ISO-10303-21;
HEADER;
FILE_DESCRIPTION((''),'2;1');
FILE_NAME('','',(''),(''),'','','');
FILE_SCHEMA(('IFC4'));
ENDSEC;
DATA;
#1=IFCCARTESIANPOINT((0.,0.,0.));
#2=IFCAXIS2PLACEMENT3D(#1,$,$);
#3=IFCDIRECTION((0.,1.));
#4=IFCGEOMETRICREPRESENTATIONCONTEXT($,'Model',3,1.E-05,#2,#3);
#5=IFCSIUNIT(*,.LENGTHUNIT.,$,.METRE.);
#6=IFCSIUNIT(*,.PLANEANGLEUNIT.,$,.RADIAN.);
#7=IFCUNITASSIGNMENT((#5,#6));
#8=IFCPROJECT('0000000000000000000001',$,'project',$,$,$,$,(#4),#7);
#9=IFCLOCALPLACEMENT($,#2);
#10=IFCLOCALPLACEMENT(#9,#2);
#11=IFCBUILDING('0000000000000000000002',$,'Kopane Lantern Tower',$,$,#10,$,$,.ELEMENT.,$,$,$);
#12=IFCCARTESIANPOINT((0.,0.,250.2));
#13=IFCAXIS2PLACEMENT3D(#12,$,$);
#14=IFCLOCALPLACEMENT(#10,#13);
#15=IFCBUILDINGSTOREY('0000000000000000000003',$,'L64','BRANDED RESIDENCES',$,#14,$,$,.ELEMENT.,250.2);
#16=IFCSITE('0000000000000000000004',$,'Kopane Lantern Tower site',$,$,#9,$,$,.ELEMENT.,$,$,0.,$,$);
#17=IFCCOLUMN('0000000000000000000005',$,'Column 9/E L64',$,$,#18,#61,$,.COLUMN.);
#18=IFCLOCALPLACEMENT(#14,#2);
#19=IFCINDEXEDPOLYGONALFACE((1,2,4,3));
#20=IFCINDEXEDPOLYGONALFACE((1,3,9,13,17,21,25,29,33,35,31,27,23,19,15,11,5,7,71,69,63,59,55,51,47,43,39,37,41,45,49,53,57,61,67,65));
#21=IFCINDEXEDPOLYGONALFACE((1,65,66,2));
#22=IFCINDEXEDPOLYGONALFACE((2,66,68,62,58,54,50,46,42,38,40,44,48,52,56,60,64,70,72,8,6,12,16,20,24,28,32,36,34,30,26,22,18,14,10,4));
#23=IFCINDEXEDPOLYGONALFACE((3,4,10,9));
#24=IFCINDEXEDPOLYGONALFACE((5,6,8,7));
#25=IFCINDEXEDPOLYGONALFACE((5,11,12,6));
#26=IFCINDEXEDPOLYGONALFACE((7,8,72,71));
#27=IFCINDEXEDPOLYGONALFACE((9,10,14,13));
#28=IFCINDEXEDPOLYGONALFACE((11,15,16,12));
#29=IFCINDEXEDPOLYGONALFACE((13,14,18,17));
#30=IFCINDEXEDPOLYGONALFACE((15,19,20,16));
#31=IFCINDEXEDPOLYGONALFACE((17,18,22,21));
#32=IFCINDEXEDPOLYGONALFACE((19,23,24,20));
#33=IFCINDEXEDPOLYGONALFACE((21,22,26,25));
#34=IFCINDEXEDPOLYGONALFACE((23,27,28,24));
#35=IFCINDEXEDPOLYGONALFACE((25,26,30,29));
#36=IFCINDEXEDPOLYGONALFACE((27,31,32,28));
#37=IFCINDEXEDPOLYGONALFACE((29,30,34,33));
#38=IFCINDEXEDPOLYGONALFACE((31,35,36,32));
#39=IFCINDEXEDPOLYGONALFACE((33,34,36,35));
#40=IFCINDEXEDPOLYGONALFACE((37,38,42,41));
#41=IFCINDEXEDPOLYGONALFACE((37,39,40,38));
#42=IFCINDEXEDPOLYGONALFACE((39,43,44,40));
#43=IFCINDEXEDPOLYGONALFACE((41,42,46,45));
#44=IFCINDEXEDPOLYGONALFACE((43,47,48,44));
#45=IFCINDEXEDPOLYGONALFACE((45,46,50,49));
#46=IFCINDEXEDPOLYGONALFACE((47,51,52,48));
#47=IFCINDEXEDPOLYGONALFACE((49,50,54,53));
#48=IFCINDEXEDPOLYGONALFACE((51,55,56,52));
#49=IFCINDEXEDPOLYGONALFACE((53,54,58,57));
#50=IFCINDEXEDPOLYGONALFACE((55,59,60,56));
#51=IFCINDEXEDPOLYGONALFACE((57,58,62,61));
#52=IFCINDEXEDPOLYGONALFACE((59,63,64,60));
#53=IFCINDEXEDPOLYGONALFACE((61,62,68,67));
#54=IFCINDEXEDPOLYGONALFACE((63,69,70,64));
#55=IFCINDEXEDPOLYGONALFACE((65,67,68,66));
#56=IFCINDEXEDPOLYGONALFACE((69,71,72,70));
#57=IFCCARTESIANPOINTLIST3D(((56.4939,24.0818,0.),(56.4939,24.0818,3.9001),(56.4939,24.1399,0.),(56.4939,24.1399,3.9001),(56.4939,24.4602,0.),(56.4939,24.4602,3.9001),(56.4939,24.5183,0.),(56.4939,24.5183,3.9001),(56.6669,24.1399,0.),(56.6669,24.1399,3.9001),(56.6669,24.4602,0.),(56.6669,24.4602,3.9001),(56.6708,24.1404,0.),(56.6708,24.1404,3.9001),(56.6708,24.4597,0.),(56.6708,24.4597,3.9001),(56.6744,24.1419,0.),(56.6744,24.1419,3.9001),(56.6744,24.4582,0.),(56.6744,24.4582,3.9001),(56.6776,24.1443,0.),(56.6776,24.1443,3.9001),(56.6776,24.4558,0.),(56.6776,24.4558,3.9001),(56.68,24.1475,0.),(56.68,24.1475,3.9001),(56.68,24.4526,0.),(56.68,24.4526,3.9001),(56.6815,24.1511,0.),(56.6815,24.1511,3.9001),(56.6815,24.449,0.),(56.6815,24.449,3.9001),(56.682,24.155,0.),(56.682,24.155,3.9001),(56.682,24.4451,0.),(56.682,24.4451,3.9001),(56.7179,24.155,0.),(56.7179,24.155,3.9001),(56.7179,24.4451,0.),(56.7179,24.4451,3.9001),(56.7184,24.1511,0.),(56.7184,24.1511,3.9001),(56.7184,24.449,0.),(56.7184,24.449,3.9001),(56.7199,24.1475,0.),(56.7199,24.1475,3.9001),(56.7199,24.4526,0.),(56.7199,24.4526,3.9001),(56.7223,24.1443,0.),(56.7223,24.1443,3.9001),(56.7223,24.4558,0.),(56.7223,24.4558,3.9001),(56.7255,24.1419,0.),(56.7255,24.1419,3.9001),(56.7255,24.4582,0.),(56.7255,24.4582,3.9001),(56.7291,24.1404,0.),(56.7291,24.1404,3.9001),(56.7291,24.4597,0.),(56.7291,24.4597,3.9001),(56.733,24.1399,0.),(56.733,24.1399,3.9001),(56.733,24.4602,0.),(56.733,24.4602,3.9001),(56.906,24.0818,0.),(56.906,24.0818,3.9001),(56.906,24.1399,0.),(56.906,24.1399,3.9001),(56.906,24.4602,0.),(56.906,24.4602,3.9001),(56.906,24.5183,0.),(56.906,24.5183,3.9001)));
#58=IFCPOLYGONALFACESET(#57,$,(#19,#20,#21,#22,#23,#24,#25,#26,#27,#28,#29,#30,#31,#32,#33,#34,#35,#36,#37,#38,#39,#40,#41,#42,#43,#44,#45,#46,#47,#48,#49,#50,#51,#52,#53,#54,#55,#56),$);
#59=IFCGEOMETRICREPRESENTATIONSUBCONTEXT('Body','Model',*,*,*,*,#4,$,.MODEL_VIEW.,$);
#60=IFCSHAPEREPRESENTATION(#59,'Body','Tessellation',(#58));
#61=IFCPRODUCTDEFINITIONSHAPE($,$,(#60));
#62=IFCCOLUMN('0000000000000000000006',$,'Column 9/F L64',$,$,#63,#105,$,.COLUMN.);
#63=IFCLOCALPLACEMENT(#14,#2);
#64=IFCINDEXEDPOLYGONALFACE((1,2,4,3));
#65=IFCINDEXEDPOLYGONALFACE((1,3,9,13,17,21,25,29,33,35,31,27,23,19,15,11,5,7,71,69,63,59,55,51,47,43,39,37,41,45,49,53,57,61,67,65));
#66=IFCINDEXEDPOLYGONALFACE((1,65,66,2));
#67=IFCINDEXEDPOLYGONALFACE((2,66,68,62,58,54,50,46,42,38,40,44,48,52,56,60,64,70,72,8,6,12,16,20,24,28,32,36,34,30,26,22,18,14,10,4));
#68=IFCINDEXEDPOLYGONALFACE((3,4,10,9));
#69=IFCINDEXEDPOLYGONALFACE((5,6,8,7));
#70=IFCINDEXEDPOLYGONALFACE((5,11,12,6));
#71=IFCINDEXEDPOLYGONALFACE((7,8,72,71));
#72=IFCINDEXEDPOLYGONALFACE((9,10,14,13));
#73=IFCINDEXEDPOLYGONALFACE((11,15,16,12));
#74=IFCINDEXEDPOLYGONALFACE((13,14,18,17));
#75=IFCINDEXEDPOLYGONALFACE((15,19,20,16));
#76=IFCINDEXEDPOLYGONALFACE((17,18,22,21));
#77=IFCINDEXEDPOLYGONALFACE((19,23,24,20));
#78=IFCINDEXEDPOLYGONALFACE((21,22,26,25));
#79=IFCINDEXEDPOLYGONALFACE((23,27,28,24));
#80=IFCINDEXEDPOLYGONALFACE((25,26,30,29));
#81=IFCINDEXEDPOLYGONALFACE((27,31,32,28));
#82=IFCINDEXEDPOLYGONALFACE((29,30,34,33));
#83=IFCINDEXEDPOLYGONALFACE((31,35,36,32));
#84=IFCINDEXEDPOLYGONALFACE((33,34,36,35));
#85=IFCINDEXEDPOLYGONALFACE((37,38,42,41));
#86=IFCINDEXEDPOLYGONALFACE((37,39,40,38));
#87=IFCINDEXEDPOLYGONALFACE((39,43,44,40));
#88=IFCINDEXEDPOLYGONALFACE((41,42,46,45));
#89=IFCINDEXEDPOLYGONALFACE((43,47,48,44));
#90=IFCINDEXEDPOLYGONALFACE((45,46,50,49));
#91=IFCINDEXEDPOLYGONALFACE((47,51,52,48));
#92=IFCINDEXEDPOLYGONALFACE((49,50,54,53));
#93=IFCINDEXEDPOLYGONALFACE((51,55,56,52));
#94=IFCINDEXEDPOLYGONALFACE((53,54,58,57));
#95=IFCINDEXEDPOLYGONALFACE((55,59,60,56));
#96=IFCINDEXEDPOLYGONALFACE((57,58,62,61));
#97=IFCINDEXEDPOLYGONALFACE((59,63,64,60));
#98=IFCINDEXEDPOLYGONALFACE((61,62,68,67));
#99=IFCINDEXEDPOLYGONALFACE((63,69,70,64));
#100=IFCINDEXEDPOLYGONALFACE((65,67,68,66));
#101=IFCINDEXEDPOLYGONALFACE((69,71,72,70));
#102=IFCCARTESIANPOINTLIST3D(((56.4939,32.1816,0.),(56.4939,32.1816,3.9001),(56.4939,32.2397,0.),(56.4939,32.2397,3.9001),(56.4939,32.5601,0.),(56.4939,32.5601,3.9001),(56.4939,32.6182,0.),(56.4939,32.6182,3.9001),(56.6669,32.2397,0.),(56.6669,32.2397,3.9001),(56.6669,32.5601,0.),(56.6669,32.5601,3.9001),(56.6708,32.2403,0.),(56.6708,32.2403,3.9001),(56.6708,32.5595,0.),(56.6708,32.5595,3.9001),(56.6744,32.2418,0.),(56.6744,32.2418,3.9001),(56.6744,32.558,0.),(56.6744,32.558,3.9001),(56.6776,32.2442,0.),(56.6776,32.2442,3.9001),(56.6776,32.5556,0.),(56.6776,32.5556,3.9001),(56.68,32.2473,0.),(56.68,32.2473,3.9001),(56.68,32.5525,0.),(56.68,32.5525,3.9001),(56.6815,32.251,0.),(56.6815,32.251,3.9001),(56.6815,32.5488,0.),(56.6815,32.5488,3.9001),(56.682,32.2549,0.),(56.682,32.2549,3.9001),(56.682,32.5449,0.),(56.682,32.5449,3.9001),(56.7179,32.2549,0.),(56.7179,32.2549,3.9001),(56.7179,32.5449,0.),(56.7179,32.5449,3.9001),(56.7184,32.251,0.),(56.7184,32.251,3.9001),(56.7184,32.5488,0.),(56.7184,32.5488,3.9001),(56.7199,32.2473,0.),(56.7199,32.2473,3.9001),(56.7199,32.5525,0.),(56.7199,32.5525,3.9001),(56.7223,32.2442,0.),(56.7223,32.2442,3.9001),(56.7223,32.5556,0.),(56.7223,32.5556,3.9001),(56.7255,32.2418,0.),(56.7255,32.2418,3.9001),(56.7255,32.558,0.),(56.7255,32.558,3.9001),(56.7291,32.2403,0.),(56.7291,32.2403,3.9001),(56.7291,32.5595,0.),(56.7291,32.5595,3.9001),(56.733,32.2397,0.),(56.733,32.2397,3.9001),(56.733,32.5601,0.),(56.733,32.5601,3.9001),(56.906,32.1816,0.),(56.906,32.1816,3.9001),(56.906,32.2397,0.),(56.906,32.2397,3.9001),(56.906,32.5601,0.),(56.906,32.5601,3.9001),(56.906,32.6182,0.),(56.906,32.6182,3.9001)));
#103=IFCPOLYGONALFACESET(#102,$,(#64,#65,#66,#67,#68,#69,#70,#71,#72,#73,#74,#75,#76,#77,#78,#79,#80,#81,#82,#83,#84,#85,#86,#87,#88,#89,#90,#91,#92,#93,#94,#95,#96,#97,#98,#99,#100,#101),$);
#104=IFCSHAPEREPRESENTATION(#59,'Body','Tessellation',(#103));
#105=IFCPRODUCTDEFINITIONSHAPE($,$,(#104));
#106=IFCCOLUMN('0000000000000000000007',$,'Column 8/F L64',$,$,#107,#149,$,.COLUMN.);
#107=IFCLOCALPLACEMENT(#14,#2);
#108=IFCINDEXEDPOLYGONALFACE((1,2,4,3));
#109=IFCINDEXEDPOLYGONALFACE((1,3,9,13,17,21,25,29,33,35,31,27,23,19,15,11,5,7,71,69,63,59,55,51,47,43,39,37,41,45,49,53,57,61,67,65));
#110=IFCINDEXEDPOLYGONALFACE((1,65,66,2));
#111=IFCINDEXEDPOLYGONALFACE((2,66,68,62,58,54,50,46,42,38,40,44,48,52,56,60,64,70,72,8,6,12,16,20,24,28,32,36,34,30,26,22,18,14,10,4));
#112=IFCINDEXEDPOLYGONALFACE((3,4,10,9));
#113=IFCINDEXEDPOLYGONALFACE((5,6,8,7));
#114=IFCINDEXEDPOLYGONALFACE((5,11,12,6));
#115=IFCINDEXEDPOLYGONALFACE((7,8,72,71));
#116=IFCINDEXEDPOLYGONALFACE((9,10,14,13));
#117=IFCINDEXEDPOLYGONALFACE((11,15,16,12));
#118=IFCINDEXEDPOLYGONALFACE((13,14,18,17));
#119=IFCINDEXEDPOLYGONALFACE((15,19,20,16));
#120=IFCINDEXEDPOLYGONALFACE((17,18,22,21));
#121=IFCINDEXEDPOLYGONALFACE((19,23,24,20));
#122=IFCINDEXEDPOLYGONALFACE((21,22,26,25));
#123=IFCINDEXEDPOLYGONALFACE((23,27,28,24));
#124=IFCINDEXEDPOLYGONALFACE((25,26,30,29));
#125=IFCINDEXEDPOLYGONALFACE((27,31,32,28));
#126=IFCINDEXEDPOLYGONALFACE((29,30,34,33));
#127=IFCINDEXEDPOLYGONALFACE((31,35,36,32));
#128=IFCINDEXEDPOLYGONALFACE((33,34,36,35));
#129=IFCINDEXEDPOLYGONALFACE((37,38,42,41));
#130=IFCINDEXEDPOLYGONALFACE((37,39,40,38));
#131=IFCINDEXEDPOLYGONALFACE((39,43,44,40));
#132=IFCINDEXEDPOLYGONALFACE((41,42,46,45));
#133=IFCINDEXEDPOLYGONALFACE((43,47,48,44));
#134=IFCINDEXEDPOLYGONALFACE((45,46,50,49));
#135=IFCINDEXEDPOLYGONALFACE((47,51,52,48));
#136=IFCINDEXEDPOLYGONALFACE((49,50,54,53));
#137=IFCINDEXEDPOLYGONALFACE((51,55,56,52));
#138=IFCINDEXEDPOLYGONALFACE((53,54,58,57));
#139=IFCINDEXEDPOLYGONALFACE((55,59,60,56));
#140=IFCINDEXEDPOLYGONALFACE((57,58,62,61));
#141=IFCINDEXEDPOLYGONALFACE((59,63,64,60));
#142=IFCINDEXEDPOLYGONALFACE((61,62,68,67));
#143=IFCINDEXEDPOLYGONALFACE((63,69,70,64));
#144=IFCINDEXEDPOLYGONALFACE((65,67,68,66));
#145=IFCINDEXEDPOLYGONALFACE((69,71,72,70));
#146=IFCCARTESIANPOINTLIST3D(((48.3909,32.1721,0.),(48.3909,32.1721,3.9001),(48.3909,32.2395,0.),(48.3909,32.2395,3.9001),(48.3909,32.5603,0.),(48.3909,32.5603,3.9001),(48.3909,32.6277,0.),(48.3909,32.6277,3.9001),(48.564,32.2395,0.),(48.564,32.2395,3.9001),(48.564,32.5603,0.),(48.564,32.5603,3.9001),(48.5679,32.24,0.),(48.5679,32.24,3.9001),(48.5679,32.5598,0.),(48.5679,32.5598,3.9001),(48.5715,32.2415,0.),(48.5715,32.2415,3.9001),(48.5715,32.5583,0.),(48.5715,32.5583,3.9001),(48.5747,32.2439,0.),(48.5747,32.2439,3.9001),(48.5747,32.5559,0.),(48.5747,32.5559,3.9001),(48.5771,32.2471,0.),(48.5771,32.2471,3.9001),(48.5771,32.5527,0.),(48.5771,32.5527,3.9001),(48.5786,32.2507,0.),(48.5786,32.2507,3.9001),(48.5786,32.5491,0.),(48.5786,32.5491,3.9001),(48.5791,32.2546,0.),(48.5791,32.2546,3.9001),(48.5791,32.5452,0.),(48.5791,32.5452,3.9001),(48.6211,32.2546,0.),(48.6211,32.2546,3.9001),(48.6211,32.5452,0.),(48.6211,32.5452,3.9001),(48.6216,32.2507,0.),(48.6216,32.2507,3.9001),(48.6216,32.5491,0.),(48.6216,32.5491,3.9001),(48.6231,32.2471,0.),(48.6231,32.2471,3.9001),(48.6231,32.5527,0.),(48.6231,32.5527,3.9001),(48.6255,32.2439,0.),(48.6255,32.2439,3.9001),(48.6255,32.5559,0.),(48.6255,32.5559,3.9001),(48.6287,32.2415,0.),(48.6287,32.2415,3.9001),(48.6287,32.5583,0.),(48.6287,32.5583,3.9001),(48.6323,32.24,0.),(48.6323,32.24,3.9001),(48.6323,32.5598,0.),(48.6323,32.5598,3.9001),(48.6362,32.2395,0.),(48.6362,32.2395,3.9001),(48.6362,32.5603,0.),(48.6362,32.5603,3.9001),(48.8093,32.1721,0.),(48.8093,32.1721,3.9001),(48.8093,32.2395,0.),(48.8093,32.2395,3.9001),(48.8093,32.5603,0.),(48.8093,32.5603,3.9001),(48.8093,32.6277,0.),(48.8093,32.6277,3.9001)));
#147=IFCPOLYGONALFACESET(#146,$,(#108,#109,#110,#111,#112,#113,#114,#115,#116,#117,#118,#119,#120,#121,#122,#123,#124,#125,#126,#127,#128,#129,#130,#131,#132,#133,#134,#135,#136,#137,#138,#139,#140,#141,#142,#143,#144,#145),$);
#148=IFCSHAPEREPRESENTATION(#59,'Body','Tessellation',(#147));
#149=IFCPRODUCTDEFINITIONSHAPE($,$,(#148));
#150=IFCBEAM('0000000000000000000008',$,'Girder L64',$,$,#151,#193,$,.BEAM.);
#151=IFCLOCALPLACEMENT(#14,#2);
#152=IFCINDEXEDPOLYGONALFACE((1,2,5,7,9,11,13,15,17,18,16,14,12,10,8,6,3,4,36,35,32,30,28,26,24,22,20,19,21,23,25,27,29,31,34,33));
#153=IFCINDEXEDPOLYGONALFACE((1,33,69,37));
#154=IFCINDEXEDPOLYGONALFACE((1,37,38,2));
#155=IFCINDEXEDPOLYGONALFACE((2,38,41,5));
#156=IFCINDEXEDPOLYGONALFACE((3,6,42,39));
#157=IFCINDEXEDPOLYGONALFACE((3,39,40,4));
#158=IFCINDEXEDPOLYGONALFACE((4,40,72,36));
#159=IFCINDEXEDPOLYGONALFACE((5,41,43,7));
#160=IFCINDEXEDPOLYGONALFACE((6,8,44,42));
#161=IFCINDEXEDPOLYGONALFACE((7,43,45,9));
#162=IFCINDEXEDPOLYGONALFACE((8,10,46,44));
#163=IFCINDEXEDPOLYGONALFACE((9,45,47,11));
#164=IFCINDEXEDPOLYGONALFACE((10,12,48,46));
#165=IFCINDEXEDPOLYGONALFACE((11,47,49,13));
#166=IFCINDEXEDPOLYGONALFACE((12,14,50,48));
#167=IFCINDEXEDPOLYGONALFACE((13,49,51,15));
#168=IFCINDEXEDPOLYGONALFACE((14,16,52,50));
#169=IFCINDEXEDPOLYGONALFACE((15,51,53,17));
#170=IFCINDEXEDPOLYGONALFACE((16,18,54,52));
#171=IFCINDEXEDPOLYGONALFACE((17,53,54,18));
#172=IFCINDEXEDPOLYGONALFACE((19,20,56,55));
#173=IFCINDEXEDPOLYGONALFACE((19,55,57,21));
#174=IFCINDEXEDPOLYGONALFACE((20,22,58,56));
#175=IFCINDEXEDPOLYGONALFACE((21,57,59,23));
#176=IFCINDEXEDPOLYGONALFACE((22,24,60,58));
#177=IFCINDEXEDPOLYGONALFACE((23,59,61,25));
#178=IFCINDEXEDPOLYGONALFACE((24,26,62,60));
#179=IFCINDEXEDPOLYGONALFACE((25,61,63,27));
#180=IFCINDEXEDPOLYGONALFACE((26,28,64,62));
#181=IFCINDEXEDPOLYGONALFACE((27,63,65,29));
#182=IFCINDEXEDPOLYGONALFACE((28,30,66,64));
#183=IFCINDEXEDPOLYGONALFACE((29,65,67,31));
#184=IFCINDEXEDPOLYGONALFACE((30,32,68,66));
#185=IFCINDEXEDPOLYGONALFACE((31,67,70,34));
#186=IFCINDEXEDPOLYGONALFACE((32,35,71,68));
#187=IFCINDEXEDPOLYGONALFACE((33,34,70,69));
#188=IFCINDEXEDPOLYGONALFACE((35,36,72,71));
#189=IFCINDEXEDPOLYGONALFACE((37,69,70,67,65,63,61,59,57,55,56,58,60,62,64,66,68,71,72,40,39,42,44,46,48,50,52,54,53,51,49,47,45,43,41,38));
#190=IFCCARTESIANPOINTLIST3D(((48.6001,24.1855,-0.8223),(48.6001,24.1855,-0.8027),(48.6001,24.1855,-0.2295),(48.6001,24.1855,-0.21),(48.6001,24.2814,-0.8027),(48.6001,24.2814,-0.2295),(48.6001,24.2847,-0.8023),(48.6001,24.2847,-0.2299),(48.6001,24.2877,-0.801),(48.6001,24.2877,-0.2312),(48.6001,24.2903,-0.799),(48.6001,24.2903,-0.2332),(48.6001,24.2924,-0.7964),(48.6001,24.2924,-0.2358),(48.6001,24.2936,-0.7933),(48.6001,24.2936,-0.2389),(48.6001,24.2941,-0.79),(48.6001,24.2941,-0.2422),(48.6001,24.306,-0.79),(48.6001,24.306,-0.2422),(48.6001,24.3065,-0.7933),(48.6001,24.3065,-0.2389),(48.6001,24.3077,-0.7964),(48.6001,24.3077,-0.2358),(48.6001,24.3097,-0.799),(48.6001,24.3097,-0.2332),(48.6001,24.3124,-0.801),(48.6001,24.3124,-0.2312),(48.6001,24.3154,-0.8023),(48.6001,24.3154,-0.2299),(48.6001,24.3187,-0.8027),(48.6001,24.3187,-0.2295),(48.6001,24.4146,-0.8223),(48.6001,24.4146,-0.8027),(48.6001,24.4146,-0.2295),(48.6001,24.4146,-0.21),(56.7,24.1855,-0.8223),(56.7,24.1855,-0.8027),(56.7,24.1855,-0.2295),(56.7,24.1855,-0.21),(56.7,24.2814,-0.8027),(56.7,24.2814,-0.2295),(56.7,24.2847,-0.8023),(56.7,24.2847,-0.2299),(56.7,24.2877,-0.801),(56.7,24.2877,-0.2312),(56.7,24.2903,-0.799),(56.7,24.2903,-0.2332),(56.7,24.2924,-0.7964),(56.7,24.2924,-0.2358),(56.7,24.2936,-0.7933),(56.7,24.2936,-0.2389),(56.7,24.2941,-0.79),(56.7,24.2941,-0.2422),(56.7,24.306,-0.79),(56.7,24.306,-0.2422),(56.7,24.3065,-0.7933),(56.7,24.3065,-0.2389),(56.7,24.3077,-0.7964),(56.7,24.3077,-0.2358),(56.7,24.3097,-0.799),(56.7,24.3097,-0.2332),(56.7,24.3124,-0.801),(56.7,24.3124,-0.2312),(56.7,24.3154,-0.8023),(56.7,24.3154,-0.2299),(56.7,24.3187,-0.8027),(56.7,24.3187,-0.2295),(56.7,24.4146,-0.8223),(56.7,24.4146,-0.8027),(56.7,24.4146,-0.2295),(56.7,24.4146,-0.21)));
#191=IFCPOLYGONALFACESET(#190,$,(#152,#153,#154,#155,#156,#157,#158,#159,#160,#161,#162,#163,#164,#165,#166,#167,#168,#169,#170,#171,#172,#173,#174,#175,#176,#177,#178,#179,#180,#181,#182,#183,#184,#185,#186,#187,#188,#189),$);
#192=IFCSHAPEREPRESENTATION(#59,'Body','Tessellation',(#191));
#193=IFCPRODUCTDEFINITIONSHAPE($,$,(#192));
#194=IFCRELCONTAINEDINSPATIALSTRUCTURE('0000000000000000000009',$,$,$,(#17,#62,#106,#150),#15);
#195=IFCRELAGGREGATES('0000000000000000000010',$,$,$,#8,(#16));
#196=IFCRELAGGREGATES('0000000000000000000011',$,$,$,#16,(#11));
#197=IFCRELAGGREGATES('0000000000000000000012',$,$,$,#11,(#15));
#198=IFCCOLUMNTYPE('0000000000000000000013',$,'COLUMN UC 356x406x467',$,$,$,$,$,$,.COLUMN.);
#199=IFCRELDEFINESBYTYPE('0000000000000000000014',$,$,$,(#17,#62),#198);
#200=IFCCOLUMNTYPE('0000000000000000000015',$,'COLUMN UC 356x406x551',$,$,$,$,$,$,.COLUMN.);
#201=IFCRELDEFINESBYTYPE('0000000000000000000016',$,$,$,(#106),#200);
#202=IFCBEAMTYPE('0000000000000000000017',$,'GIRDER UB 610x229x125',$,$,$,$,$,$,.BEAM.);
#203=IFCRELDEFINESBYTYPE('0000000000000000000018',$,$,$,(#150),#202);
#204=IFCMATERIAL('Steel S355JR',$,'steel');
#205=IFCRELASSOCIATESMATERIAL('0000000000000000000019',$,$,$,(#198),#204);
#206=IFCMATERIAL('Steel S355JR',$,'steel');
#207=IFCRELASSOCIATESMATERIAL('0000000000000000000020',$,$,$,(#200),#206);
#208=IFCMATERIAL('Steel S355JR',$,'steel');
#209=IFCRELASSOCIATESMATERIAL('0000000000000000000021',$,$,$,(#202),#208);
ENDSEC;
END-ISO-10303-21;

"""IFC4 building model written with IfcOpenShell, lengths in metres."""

from ifc_helpers import new_model, si_unit, direction, frame, origin, origin_2d, place, context, subcontext, project, spatial, i_section, extrude, material, material_profile, profile_set, type_object, element, save


model = new_model("IFC4")

# Units and contexts
model_context = context("Model", 3, precision=1e-05, world=origin(), true_north=direction((0.0, 1.0)))
body_context = subcontext(model_context, "Body", "Model", "MODEL_VIEW")
ifc_project = project(units=[si_unit("LENGTHUNIT", "METRE"), si_unit("PLANEANGLEUNIT", "RADIAN")], contexts=[model_context])

# Site, building, storey
site_placement = place(None, origin())
site = spatial("IfcSite", under=ifc_project, at=site_placement, Name="Kopane Lantern Tower site", CompositionType="ELEMENT", RefElevation=0.0)
building_placement = place(site_placement, origin())
building = spatial("IfcBuilding", under=site, at=building_placement, Name="Kopane Lantern Tower", CompositionType="ELEMENT")
storey_placement = place(building_placement, frame((0.0, 0.0, 250.2)))
storey = spatial("IfcBuildingStorey", under=building, at=storey_placement, Name="L64", Description="BRANDED RESIDENCES", CompositionType="ELEMENT", Elevation=250.2)

# Columns
ifc_material_1 = material(Name="Steel S355JR", Category="steel")
ifc_material_profile_1 = material_profile(ifc_material_1, i_section(OverallWidth=0.4121, OverallDepth=0.4365, WebThickness=0.0359, FlangeThickness=0.0581, FilletRadius=0.0151, at=origin_2d()), Name="UC 356x406x467")
ifc_profile_set_1 = profile_set([ifc_material_profile_1], Name="Steel S355JR")
column_type_1 = type_object("IfcColumnType", Name="COLUMN UC 356x406x467", PredefinedType="COLUMN", material=ifc_profile_set_1)
for number, where, z_axis, x_axis, name in (
    (1, (56.7, 24.3, 0.0), (0.0, 0.0, 1.0), (1.0, 0.0, 0.0), "Column 9/E L64"),
    (2, (56.7, 32.3999, 0.0), (0.0, 0.0, 1.0), (1.0, 0.0, 0.0), "Column 9/F L64"),
):
    element("IfcColumn", number, at=place(storey_placement, frame(where, z_axis=z_axis, x_axis=x_axis)), inside=storey, type_object=column_type_1, Name=name, PredefinedType="COLUMN", context=body_context, shape_type="SweptSolid", body=[
        extrude(i_section(OverallWidth=0.4121, OverallDepth=0.4365, WebThickness=0.0359, FlangeThickness=0.0581, FilletRadius=0.0151, at=origin_2d()), origin(), (0.0, 0.0, 1.0), 3.9001),
    ])
ifc_material_2 = material(Name="Steel S355JR", Category="steel")
ifc_material_profile_2 = material_profile(ifc_material_2, i_section(OverallWidth=0.4185, OverallDepth=0.4556, WebThickness=0.042, FlangeThickness=0.0674, FilletRadius=0.0151, at=origin_2d()), Name="UC 356x406x551")
ifc_profile_set_2 = profile_set([ifc_material_profile_2], Name="Steel S355JR")
column_type_2 = type_object("IfcColumnType", Name="COLUMN UC 356x406x551", PredefinedType="COLUMN", material=ifc_profile_set_2)
column_placement = place(storey_placement, frame((48.6001, 32.3999, 0.0), z_axis=(0.0, 0.0, 1.0), x_axis=(1.0, 0.0, 0.0)))
element("IfcColumn", 3, at=column_placement, inside=storey, type_object=column_type_2, Name="Column 8/F L64", PredefinedType="COLUMN", context=body_context, shape_type="SweptSolid", body=[
    extrude(i_section(OverallWidth=0.4185, OverallDepth=0.4556, WebThickness=0.042, FlangeThickness=0.0674, FilletRadius=0.0151, at=origin_2d()), origin(), (0.0, 0.0, 1.0), 3.9001),
])

# Beam
ifc_material_3 = material(Name="Steel S355JR", Category="steel")
ifc_material_profile_3 = material_profile(ifc_material_3, i_section(OverallWidth=0.229, OverallDepth=0.6123, WebThickness=0.012, FlangeThickness=0.0195, FilletRadius=0.0127, at=origin_2d()), Name="UB 610x229x125")
ifc_profile_set_3 = profile_set([ifc_material_profile_3], Name="Steel S355JR")
beam_type = type_object("IfcBeamType", Name="GIRDER UB 610x229x125", PredefinedType="BEAM", material=ifc_profile_set_3)
beam_1_placement = place(storey_placement, frame((48.6001, 24.3, -0.5161), z_axis=(1.0, 0.0, 0.0), x_axis=(0.0, 1.0, 0.0)))
element("IfcBeam", 4, at=beam_1_placement, inside=storey, type_object=beam_type, Name="Girder L64", PredefinedType="BEAM", context=body_context, shape_type="SweptSolid", body=[
    extrude(i_section(OverallWidth=0.229, OverallDepth=0.6123, WebThickness=0.012, FlangeThickness=0.0195, FilletRadius=0.0127, at=origin_2d()), origin(), (0.0, 0.0, 1.0), 8.0999),
])

save(model, "model.ifc")
